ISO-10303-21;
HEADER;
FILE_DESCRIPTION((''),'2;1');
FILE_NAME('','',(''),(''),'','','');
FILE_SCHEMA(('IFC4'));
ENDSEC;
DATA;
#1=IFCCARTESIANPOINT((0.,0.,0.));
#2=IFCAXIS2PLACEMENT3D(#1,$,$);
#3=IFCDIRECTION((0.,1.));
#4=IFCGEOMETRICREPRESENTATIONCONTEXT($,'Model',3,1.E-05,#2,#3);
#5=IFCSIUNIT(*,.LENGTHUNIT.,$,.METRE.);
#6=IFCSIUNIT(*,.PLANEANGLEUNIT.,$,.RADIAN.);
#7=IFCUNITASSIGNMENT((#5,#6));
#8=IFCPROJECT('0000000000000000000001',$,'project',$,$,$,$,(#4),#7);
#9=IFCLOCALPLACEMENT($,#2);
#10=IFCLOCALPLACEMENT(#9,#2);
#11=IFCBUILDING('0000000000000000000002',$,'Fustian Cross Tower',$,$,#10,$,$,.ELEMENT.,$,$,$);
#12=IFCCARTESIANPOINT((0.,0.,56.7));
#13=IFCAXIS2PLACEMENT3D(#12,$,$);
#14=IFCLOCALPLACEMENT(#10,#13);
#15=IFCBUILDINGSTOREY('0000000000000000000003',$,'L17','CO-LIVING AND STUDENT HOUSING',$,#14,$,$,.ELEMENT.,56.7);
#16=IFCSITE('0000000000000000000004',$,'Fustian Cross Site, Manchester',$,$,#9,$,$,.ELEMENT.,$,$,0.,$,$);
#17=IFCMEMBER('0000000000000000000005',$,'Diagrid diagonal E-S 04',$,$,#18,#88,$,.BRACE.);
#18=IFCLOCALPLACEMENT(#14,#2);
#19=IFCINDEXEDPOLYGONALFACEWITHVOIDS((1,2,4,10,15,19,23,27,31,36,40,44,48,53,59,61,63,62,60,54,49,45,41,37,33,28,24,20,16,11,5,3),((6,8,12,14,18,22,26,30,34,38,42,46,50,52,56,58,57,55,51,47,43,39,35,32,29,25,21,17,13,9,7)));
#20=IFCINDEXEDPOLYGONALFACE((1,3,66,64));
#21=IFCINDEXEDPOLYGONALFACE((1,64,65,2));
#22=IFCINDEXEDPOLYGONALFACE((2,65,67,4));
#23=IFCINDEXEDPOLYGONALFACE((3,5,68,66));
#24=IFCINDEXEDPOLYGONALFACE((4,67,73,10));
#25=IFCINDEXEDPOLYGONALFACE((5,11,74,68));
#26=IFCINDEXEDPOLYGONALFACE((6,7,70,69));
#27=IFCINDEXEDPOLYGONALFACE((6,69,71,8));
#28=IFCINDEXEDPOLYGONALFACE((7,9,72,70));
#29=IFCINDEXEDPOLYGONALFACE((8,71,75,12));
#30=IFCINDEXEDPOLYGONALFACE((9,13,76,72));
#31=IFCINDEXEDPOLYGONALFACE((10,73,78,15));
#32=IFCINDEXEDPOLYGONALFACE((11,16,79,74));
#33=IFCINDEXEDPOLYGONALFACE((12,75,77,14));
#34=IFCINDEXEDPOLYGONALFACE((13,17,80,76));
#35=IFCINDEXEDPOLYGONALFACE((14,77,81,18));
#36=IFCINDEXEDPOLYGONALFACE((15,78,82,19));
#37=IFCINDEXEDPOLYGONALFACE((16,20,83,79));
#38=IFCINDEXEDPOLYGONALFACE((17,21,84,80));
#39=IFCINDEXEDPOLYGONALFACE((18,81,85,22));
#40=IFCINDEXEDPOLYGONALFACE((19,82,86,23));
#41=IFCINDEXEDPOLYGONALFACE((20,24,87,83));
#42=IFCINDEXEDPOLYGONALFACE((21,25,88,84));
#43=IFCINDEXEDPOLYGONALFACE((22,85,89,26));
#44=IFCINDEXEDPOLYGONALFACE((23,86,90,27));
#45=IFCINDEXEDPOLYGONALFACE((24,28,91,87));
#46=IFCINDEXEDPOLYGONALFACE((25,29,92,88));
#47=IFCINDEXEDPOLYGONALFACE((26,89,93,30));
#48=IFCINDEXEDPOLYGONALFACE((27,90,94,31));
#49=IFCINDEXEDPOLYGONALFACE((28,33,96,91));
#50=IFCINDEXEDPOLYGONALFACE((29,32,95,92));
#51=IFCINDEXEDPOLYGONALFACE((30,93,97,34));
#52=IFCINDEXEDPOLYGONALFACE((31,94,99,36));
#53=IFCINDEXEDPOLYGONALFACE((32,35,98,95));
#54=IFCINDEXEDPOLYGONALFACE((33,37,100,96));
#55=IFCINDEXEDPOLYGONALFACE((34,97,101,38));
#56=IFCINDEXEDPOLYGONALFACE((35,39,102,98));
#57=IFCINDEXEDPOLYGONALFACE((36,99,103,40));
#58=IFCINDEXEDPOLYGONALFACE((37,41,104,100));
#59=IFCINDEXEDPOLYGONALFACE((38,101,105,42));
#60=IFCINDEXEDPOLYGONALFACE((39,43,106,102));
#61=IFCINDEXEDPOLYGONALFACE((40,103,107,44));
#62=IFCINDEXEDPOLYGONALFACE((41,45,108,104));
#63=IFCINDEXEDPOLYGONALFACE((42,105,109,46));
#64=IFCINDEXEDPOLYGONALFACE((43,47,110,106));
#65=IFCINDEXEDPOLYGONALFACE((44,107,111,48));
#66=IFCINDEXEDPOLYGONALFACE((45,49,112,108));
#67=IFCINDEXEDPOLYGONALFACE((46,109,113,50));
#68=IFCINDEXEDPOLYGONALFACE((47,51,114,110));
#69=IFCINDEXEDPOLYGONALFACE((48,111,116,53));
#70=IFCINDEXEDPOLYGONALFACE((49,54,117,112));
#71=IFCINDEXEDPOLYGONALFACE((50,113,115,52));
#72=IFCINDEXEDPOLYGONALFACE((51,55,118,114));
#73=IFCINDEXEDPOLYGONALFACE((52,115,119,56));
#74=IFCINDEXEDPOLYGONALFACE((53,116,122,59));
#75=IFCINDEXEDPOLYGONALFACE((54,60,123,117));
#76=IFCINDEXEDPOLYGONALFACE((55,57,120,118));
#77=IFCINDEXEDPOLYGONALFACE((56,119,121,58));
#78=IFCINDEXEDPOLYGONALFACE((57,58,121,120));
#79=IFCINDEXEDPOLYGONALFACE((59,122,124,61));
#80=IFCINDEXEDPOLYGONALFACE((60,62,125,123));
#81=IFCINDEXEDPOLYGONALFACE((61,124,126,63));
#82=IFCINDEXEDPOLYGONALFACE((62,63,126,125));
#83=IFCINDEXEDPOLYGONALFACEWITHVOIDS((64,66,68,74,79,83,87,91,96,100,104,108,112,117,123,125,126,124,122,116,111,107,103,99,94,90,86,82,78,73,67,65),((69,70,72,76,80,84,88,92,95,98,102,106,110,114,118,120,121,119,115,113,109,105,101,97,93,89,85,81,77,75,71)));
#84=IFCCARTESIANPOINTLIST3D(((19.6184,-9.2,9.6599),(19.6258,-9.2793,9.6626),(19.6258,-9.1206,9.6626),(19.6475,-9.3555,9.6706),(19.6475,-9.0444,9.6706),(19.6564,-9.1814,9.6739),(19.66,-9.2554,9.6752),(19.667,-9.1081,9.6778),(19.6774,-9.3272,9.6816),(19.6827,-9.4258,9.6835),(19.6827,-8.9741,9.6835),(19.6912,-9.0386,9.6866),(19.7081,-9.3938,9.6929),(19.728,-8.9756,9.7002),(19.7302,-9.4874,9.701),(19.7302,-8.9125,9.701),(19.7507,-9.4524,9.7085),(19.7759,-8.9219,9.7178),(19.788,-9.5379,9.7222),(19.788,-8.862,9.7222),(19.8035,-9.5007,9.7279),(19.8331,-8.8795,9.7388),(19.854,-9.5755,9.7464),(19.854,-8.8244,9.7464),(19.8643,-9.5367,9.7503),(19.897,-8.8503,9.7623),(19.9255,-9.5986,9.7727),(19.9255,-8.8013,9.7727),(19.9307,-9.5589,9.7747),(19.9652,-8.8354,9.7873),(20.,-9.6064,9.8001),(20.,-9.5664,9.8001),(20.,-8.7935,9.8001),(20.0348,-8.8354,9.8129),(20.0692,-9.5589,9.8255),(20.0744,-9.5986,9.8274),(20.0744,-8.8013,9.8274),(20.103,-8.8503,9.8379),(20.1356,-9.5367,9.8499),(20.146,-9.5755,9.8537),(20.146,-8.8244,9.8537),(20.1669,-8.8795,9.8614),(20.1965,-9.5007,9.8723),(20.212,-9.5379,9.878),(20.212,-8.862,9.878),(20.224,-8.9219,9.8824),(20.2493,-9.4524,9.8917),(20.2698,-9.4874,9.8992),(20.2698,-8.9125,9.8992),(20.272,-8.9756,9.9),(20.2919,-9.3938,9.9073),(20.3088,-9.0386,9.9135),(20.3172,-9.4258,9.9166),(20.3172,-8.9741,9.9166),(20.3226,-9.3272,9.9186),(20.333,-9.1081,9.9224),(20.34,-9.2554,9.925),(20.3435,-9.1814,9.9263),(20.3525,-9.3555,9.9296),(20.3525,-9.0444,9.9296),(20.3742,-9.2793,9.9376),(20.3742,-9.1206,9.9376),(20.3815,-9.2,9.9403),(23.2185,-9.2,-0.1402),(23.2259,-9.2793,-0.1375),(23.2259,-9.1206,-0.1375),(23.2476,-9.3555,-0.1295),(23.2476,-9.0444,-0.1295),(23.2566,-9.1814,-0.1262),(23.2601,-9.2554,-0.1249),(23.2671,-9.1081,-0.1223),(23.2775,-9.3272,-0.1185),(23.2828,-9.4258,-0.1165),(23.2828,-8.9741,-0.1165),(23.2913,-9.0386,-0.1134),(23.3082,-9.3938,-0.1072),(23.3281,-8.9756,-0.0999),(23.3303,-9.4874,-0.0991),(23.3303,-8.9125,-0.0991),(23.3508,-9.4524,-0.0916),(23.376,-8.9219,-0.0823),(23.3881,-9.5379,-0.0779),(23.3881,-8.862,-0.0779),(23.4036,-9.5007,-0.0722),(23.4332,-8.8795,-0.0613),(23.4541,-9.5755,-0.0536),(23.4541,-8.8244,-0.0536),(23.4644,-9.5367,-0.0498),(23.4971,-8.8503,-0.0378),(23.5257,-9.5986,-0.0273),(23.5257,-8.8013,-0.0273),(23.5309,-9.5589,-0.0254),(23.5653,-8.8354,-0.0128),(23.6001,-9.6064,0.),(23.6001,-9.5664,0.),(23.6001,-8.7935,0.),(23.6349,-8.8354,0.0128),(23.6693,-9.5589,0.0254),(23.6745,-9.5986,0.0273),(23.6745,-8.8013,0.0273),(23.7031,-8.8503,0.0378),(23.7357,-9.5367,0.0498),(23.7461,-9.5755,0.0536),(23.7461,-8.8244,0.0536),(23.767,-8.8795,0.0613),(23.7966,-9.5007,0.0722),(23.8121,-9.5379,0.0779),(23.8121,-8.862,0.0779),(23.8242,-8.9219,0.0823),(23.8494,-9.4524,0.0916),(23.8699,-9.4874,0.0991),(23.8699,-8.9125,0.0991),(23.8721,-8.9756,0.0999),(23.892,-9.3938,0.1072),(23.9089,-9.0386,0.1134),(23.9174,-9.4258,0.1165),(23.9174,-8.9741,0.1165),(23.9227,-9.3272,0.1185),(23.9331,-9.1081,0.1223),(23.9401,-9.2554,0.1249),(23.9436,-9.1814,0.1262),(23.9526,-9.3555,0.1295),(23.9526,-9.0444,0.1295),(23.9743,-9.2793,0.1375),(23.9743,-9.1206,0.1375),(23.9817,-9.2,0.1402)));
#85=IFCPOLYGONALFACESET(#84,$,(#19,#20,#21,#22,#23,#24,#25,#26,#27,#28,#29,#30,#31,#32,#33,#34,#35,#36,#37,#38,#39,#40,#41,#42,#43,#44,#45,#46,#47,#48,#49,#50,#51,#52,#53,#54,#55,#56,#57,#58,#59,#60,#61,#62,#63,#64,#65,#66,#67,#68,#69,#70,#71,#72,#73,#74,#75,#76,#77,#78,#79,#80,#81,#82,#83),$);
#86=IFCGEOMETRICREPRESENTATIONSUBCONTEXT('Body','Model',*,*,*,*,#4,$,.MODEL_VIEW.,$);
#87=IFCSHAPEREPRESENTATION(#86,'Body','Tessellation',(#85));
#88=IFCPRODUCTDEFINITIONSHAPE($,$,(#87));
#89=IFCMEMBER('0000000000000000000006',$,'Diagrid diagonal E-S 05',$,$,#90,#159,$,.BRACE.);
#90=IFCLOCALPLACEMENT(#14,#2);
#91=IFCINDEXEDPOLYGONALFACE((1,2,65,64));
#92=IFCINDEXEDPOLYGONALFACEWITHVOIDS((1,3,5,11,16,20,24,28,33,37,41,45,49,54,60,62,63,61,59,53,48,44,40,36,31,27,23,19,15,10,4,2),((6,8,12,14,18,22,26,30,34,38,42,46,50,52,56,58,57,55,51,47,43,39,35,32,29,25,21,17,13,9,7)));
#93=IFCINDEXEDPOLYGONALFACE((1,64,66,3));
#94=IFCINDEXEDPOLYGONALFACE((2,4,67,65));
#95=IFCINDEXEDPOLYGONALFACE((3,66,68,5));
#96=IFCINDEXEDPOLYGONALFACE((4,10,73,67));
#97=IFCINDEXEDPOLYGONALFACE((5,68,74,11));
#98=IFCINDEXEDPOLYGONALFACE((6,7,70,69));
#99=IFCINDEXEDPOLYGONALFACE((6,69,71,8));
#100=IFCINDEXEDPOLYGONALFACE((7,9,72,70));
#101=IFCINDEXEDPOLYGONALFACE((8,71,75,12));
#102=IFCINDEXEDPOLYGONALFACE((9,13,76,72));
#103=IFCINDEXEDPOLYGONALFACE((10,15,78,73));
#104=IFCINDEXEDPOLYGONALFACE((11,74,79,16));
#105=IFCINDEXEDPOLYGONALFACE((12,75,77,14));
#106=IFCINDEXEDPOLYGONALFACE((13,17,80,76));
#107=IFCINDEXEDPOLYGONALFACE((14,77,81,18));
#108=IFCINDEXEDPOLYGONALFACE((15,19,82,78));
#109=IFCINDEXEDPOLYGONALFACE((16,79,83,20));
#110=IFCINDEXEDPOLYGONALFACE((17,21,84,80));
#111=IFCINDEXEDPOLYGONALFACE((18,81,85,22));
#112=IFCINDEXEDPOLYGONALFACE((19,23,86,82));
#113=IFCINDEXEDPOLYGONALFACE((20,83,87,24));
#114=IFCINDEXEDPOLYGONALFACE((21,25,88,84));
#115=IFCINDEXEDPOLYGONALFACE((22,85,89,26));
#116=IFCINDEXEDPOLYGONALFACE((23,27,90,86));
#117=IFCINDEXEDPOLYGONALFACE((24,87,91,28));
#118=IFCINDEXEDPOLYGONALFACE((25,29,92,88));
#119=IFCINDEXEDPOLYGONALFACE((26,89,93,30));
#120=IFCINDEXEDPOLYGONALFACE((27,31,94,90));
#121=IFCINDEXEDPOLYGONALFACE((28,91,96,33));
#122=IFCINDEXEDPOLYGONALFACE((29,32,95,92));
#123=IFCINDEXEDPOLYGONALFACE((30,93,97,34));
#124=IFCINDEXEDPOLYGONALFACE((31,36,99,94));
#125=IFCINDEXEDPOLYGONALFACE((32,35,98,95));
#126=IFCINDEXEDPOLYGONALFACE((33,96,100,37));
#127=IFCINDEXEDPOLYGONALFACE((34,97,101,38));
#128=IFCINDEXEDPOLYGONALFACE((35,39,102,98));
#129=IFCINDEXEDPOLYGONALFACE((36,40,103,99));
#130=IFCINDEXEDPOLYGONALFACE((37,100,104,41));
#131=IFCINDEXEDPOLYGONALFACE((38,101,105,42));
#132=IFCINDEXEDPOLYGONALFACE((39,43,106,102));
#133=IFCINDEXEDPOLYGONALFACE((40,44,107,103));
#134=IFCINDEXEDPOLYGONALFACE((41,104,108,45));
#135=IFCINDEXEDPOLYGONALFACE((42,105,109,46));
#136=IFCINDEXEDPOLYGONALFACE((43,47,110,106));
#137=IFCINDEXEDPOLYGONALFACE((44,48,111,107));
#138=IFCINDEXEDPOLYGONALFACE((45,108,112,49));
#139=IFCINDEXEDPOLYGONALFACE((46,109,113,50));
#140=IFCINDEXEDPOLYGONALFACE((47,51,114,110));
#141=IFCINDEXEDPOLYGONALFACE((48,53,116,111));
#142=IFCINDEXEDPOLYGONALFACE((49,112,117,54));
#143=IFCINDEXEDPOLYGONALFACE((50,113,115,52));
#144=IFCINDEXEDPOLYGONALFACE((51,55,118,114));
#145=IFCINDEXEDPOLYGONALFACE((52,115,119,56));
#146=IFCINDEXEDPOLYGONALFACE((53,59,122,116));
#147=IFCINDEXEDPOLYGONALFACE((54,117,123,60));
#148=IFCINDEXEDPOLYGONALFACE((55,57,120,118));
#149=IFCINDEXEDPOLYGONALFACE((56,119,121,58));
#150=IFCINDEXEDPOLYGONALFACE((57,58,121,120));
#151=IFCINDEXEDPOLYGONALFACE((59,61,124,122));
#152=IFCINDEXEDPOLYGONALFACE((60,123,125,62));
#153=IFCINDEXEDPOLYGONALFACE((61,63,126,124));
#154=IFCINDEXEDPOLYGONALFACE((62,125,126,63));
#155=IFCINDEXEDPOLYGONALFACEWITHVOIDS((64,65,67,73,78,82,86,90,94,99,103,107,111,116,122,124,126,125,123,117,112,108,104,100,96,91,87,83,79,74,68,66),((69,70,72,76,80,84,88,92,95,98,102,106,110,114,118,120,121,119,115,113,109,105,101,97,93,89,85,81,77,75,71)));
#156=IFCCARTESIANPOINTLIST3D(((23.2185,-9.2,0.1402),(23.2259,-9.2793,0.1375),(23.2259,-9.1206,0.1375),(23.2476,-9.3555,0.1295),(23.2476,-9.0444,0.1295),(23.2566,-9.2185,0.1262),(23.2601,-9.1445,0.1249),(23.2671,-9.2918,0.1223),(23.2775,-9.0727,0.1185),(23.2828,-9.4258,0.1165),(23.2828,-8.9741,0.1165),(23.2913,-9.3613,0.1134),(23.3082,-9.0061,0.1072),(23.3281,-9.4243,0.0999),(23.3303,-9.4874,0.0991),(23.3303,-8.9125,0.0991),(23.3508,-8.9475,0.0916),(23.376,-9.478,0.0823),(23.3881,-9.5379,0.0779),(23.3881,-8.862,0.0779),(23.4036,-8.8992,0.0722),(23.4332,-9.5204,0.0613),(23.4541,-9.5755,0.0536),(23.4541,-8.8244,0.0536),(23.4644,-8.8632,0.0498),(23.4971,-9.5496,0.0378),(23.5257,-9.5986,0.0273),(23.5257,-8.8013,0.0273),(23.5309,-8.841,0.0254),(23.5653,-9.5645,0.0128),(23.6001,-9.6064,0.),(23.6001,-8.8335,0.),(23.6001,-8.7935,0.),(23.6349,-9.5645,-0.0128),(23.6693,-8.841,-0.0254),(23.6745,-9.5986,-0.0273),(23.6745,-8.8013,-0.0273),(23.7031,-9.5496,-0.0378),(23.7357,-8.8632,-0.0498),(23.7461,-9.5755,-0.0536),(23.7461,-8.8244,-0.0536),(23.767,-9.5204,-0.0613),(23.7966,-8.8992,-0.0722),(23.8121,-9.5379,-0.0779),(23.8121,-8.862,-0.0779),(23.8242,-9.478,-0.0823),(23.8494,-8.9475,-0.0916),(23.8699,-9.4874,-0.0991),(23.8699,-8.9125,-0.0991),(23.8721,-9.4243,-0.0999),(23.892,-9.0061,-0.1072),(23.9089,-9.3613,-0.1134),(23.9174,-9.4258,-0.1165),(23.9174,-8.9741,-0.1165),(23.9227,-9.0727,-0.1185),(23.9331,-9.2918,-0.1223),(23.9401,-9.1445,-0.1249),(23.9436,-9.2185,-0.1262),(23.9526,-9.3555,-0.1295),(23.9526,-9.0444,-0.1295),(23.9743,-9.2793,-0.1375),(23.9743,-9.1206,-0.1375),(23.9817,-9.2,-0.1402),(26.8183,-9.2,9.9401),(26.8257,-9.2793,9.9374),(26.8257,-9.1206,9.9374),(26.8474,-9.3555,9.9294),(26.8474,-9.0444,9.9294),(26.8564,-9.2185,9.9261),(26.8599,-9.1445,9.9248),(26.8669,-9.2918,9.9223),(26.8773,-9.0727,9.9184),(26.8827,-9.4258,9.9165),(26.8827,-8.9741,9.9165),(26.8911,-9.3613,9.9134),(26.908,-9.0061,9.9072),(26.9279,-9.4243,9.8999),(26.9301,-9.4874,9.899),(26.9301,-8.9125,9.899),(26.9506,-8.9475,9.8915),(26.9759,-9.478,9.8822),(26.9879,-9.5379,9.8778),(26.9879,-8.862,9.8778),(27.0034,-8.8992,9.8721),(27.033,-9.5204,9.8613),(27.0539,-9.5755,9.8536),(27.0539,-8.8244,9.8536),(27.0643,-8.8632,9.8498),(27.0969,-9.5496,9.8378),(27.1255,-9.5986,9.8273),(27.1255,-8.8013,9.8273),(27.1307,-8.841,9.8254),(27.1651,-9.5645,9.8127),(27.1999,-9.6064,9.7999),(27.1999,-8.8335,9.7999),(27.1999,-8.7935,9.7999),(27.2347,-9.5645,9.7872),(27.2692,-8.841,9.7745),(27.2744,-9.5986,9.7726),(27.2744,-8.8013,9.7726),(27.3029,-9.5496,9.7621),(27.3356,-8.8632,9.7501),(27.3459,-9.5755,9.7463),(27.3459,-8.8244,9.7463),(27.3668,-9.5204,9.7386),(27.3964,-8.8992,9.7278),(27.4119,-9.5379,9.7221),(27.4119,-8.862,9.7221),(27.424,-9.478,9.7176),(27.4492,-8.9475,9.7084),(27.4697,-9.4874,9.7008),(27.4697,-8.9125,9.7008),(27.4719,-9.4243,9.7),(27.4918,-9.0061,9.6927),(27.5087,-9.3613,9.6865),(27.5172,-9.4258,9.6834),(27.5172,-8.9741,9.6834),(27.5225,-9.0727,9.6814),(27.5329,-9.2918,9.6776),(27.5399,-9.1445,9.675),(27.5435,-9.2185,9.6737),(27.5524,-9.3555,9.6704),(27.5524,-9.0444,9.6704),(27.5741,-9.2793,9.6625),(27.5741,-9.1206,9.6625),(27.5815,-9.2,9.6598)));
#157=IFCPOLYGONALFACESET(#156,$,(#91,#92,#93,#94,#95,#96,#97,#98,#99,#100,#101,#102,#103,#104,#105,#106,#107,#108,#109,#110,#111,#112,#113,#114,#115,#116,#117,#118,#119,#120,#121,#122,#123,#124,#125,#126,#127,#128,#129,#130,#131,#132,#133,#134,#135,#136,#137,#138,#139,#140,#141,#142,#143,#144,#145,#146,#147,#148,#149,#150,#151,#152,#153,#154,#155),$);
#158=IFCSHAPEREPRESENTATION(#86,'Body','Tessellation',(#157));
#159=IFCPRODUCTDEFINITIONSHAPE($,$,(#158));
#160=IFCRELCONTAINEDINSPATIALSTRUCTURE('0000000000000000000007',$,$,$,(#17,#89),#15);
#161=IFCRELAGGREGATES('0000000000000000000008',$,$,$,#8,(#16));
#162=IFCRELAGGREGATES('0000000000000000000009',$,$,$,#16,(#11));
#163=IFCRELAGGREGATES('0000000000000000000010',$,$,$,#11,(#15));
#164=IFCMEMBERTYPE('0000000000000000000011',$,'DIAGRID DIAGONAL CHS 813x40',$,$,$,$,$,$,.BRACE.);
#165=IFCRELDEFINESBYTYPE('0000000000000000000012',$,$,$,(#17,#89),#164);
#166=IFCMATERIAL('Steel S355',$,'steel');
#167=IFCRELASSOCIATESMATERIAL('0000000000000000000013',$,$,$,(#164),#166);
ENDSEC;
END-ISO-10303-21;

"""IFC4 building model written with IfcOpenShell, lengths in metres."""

from ifc_helpers import new_model, si_unit, direction, frame, origin, origin_2d, place, context, subcontext, project, spatial, hollow_circle, extrude, material, material_profile, profile_set, type_object, element, save


model = new_model("IFC4")

# Units and contexts
model_context = context("Model", 3, precision=1e-05, world=origin(), true_north=direction((0.0, 1.0)))
body_context = subcontext(model_context, "Body", "Model", "MODEL_VIEW")
ifc_project = project(units=[si_unit("LENGTHUNIT", "METRE"), si_unit("PLANEANGLEUNIT", "RADIAN")], contexts=[model_context])

# Site, building, storey
site_placement = place(None, origin())
site = spatial("IfcSite", under=ifc_project, at=site_placement, Name="Fustian Cross Site, Manchester", CompositionType="ELEMENT", RefElevation=0.0)
building_placement = place(site_placement, origin())
building = spatial("IfcBuilding", under=site, at=building_placement, Name="Fustian Cross Tower", CompositionType="ELEMENT")
storey_placement = place(building_placement, frame((0.0, 0.0, 56.7)))
storey = spatial("IfcBuildingStorey", under=building, at=storey_placement, Name="L17", Description="CO-LIVING AND STUDENT HOUSING", CompositionType="ELEMENT", Elevation=56.7)

# Members
ifc_material_1 = material(Name="Steel S355", Category="steel")
ifc_material_profile_1 = material_profile(ifc_material_1, hollow_circle(Radius=0.4065, WallThickness=0.04, at=origin_2d()), Name="CHS 813x40")
ifc_profile_set_1 = profile_set([ifc_material_profile_1], Name="Steel S355")
member_type_1 = type_object("IfcMemberType", Name="DIAGRID DIAGONAL CHS 813x40", PredefinedType="BRACE", material=ifc_profile_set_1)
member_1_placement = place(storey_placement, frame((23.6001, -9.2, 0.0), z_axis=(-0.344824, 0.0, 0.938667), x_axis=(0.0, -1.0, 0.0)))
element("IfcMember", 1, at=member_1_placement, inside=storey, type_object=member_type_1, Name="Diagrid diagonal E-S 04", PredefinedType="BRACE", context=body_context, shape_type="SweptSolid", body=[
    extrude(hollow_circle(Radius=0.4065, WallThickness=0.04, at=origin_2d()), origin(), (0.0, 0.0, 1.0), 10.4404),
])
member_2_placement = place(storey_placement, frame((23.6001, -9.2, 0.0), z_axis=(0.344804, 0.0, 0.938675), x_axis=(0.0, 1.0, 0.0)))
element("IfcMember", 2, at=member_2_placement, inside=storey, type_object=member_type_1, Name="Diagrid diagonal E-S 05", PredefinedType="BRACE", context=body_context, shape_type="SweptSolid", body=[
    extrude(hollow_circle(Radius=0.4065, WallThickness=0.04, at=origin_2d()), origin(), (0.0, 0.0, 1.0), 10.4402),
])

save(model, "model.ifc")
